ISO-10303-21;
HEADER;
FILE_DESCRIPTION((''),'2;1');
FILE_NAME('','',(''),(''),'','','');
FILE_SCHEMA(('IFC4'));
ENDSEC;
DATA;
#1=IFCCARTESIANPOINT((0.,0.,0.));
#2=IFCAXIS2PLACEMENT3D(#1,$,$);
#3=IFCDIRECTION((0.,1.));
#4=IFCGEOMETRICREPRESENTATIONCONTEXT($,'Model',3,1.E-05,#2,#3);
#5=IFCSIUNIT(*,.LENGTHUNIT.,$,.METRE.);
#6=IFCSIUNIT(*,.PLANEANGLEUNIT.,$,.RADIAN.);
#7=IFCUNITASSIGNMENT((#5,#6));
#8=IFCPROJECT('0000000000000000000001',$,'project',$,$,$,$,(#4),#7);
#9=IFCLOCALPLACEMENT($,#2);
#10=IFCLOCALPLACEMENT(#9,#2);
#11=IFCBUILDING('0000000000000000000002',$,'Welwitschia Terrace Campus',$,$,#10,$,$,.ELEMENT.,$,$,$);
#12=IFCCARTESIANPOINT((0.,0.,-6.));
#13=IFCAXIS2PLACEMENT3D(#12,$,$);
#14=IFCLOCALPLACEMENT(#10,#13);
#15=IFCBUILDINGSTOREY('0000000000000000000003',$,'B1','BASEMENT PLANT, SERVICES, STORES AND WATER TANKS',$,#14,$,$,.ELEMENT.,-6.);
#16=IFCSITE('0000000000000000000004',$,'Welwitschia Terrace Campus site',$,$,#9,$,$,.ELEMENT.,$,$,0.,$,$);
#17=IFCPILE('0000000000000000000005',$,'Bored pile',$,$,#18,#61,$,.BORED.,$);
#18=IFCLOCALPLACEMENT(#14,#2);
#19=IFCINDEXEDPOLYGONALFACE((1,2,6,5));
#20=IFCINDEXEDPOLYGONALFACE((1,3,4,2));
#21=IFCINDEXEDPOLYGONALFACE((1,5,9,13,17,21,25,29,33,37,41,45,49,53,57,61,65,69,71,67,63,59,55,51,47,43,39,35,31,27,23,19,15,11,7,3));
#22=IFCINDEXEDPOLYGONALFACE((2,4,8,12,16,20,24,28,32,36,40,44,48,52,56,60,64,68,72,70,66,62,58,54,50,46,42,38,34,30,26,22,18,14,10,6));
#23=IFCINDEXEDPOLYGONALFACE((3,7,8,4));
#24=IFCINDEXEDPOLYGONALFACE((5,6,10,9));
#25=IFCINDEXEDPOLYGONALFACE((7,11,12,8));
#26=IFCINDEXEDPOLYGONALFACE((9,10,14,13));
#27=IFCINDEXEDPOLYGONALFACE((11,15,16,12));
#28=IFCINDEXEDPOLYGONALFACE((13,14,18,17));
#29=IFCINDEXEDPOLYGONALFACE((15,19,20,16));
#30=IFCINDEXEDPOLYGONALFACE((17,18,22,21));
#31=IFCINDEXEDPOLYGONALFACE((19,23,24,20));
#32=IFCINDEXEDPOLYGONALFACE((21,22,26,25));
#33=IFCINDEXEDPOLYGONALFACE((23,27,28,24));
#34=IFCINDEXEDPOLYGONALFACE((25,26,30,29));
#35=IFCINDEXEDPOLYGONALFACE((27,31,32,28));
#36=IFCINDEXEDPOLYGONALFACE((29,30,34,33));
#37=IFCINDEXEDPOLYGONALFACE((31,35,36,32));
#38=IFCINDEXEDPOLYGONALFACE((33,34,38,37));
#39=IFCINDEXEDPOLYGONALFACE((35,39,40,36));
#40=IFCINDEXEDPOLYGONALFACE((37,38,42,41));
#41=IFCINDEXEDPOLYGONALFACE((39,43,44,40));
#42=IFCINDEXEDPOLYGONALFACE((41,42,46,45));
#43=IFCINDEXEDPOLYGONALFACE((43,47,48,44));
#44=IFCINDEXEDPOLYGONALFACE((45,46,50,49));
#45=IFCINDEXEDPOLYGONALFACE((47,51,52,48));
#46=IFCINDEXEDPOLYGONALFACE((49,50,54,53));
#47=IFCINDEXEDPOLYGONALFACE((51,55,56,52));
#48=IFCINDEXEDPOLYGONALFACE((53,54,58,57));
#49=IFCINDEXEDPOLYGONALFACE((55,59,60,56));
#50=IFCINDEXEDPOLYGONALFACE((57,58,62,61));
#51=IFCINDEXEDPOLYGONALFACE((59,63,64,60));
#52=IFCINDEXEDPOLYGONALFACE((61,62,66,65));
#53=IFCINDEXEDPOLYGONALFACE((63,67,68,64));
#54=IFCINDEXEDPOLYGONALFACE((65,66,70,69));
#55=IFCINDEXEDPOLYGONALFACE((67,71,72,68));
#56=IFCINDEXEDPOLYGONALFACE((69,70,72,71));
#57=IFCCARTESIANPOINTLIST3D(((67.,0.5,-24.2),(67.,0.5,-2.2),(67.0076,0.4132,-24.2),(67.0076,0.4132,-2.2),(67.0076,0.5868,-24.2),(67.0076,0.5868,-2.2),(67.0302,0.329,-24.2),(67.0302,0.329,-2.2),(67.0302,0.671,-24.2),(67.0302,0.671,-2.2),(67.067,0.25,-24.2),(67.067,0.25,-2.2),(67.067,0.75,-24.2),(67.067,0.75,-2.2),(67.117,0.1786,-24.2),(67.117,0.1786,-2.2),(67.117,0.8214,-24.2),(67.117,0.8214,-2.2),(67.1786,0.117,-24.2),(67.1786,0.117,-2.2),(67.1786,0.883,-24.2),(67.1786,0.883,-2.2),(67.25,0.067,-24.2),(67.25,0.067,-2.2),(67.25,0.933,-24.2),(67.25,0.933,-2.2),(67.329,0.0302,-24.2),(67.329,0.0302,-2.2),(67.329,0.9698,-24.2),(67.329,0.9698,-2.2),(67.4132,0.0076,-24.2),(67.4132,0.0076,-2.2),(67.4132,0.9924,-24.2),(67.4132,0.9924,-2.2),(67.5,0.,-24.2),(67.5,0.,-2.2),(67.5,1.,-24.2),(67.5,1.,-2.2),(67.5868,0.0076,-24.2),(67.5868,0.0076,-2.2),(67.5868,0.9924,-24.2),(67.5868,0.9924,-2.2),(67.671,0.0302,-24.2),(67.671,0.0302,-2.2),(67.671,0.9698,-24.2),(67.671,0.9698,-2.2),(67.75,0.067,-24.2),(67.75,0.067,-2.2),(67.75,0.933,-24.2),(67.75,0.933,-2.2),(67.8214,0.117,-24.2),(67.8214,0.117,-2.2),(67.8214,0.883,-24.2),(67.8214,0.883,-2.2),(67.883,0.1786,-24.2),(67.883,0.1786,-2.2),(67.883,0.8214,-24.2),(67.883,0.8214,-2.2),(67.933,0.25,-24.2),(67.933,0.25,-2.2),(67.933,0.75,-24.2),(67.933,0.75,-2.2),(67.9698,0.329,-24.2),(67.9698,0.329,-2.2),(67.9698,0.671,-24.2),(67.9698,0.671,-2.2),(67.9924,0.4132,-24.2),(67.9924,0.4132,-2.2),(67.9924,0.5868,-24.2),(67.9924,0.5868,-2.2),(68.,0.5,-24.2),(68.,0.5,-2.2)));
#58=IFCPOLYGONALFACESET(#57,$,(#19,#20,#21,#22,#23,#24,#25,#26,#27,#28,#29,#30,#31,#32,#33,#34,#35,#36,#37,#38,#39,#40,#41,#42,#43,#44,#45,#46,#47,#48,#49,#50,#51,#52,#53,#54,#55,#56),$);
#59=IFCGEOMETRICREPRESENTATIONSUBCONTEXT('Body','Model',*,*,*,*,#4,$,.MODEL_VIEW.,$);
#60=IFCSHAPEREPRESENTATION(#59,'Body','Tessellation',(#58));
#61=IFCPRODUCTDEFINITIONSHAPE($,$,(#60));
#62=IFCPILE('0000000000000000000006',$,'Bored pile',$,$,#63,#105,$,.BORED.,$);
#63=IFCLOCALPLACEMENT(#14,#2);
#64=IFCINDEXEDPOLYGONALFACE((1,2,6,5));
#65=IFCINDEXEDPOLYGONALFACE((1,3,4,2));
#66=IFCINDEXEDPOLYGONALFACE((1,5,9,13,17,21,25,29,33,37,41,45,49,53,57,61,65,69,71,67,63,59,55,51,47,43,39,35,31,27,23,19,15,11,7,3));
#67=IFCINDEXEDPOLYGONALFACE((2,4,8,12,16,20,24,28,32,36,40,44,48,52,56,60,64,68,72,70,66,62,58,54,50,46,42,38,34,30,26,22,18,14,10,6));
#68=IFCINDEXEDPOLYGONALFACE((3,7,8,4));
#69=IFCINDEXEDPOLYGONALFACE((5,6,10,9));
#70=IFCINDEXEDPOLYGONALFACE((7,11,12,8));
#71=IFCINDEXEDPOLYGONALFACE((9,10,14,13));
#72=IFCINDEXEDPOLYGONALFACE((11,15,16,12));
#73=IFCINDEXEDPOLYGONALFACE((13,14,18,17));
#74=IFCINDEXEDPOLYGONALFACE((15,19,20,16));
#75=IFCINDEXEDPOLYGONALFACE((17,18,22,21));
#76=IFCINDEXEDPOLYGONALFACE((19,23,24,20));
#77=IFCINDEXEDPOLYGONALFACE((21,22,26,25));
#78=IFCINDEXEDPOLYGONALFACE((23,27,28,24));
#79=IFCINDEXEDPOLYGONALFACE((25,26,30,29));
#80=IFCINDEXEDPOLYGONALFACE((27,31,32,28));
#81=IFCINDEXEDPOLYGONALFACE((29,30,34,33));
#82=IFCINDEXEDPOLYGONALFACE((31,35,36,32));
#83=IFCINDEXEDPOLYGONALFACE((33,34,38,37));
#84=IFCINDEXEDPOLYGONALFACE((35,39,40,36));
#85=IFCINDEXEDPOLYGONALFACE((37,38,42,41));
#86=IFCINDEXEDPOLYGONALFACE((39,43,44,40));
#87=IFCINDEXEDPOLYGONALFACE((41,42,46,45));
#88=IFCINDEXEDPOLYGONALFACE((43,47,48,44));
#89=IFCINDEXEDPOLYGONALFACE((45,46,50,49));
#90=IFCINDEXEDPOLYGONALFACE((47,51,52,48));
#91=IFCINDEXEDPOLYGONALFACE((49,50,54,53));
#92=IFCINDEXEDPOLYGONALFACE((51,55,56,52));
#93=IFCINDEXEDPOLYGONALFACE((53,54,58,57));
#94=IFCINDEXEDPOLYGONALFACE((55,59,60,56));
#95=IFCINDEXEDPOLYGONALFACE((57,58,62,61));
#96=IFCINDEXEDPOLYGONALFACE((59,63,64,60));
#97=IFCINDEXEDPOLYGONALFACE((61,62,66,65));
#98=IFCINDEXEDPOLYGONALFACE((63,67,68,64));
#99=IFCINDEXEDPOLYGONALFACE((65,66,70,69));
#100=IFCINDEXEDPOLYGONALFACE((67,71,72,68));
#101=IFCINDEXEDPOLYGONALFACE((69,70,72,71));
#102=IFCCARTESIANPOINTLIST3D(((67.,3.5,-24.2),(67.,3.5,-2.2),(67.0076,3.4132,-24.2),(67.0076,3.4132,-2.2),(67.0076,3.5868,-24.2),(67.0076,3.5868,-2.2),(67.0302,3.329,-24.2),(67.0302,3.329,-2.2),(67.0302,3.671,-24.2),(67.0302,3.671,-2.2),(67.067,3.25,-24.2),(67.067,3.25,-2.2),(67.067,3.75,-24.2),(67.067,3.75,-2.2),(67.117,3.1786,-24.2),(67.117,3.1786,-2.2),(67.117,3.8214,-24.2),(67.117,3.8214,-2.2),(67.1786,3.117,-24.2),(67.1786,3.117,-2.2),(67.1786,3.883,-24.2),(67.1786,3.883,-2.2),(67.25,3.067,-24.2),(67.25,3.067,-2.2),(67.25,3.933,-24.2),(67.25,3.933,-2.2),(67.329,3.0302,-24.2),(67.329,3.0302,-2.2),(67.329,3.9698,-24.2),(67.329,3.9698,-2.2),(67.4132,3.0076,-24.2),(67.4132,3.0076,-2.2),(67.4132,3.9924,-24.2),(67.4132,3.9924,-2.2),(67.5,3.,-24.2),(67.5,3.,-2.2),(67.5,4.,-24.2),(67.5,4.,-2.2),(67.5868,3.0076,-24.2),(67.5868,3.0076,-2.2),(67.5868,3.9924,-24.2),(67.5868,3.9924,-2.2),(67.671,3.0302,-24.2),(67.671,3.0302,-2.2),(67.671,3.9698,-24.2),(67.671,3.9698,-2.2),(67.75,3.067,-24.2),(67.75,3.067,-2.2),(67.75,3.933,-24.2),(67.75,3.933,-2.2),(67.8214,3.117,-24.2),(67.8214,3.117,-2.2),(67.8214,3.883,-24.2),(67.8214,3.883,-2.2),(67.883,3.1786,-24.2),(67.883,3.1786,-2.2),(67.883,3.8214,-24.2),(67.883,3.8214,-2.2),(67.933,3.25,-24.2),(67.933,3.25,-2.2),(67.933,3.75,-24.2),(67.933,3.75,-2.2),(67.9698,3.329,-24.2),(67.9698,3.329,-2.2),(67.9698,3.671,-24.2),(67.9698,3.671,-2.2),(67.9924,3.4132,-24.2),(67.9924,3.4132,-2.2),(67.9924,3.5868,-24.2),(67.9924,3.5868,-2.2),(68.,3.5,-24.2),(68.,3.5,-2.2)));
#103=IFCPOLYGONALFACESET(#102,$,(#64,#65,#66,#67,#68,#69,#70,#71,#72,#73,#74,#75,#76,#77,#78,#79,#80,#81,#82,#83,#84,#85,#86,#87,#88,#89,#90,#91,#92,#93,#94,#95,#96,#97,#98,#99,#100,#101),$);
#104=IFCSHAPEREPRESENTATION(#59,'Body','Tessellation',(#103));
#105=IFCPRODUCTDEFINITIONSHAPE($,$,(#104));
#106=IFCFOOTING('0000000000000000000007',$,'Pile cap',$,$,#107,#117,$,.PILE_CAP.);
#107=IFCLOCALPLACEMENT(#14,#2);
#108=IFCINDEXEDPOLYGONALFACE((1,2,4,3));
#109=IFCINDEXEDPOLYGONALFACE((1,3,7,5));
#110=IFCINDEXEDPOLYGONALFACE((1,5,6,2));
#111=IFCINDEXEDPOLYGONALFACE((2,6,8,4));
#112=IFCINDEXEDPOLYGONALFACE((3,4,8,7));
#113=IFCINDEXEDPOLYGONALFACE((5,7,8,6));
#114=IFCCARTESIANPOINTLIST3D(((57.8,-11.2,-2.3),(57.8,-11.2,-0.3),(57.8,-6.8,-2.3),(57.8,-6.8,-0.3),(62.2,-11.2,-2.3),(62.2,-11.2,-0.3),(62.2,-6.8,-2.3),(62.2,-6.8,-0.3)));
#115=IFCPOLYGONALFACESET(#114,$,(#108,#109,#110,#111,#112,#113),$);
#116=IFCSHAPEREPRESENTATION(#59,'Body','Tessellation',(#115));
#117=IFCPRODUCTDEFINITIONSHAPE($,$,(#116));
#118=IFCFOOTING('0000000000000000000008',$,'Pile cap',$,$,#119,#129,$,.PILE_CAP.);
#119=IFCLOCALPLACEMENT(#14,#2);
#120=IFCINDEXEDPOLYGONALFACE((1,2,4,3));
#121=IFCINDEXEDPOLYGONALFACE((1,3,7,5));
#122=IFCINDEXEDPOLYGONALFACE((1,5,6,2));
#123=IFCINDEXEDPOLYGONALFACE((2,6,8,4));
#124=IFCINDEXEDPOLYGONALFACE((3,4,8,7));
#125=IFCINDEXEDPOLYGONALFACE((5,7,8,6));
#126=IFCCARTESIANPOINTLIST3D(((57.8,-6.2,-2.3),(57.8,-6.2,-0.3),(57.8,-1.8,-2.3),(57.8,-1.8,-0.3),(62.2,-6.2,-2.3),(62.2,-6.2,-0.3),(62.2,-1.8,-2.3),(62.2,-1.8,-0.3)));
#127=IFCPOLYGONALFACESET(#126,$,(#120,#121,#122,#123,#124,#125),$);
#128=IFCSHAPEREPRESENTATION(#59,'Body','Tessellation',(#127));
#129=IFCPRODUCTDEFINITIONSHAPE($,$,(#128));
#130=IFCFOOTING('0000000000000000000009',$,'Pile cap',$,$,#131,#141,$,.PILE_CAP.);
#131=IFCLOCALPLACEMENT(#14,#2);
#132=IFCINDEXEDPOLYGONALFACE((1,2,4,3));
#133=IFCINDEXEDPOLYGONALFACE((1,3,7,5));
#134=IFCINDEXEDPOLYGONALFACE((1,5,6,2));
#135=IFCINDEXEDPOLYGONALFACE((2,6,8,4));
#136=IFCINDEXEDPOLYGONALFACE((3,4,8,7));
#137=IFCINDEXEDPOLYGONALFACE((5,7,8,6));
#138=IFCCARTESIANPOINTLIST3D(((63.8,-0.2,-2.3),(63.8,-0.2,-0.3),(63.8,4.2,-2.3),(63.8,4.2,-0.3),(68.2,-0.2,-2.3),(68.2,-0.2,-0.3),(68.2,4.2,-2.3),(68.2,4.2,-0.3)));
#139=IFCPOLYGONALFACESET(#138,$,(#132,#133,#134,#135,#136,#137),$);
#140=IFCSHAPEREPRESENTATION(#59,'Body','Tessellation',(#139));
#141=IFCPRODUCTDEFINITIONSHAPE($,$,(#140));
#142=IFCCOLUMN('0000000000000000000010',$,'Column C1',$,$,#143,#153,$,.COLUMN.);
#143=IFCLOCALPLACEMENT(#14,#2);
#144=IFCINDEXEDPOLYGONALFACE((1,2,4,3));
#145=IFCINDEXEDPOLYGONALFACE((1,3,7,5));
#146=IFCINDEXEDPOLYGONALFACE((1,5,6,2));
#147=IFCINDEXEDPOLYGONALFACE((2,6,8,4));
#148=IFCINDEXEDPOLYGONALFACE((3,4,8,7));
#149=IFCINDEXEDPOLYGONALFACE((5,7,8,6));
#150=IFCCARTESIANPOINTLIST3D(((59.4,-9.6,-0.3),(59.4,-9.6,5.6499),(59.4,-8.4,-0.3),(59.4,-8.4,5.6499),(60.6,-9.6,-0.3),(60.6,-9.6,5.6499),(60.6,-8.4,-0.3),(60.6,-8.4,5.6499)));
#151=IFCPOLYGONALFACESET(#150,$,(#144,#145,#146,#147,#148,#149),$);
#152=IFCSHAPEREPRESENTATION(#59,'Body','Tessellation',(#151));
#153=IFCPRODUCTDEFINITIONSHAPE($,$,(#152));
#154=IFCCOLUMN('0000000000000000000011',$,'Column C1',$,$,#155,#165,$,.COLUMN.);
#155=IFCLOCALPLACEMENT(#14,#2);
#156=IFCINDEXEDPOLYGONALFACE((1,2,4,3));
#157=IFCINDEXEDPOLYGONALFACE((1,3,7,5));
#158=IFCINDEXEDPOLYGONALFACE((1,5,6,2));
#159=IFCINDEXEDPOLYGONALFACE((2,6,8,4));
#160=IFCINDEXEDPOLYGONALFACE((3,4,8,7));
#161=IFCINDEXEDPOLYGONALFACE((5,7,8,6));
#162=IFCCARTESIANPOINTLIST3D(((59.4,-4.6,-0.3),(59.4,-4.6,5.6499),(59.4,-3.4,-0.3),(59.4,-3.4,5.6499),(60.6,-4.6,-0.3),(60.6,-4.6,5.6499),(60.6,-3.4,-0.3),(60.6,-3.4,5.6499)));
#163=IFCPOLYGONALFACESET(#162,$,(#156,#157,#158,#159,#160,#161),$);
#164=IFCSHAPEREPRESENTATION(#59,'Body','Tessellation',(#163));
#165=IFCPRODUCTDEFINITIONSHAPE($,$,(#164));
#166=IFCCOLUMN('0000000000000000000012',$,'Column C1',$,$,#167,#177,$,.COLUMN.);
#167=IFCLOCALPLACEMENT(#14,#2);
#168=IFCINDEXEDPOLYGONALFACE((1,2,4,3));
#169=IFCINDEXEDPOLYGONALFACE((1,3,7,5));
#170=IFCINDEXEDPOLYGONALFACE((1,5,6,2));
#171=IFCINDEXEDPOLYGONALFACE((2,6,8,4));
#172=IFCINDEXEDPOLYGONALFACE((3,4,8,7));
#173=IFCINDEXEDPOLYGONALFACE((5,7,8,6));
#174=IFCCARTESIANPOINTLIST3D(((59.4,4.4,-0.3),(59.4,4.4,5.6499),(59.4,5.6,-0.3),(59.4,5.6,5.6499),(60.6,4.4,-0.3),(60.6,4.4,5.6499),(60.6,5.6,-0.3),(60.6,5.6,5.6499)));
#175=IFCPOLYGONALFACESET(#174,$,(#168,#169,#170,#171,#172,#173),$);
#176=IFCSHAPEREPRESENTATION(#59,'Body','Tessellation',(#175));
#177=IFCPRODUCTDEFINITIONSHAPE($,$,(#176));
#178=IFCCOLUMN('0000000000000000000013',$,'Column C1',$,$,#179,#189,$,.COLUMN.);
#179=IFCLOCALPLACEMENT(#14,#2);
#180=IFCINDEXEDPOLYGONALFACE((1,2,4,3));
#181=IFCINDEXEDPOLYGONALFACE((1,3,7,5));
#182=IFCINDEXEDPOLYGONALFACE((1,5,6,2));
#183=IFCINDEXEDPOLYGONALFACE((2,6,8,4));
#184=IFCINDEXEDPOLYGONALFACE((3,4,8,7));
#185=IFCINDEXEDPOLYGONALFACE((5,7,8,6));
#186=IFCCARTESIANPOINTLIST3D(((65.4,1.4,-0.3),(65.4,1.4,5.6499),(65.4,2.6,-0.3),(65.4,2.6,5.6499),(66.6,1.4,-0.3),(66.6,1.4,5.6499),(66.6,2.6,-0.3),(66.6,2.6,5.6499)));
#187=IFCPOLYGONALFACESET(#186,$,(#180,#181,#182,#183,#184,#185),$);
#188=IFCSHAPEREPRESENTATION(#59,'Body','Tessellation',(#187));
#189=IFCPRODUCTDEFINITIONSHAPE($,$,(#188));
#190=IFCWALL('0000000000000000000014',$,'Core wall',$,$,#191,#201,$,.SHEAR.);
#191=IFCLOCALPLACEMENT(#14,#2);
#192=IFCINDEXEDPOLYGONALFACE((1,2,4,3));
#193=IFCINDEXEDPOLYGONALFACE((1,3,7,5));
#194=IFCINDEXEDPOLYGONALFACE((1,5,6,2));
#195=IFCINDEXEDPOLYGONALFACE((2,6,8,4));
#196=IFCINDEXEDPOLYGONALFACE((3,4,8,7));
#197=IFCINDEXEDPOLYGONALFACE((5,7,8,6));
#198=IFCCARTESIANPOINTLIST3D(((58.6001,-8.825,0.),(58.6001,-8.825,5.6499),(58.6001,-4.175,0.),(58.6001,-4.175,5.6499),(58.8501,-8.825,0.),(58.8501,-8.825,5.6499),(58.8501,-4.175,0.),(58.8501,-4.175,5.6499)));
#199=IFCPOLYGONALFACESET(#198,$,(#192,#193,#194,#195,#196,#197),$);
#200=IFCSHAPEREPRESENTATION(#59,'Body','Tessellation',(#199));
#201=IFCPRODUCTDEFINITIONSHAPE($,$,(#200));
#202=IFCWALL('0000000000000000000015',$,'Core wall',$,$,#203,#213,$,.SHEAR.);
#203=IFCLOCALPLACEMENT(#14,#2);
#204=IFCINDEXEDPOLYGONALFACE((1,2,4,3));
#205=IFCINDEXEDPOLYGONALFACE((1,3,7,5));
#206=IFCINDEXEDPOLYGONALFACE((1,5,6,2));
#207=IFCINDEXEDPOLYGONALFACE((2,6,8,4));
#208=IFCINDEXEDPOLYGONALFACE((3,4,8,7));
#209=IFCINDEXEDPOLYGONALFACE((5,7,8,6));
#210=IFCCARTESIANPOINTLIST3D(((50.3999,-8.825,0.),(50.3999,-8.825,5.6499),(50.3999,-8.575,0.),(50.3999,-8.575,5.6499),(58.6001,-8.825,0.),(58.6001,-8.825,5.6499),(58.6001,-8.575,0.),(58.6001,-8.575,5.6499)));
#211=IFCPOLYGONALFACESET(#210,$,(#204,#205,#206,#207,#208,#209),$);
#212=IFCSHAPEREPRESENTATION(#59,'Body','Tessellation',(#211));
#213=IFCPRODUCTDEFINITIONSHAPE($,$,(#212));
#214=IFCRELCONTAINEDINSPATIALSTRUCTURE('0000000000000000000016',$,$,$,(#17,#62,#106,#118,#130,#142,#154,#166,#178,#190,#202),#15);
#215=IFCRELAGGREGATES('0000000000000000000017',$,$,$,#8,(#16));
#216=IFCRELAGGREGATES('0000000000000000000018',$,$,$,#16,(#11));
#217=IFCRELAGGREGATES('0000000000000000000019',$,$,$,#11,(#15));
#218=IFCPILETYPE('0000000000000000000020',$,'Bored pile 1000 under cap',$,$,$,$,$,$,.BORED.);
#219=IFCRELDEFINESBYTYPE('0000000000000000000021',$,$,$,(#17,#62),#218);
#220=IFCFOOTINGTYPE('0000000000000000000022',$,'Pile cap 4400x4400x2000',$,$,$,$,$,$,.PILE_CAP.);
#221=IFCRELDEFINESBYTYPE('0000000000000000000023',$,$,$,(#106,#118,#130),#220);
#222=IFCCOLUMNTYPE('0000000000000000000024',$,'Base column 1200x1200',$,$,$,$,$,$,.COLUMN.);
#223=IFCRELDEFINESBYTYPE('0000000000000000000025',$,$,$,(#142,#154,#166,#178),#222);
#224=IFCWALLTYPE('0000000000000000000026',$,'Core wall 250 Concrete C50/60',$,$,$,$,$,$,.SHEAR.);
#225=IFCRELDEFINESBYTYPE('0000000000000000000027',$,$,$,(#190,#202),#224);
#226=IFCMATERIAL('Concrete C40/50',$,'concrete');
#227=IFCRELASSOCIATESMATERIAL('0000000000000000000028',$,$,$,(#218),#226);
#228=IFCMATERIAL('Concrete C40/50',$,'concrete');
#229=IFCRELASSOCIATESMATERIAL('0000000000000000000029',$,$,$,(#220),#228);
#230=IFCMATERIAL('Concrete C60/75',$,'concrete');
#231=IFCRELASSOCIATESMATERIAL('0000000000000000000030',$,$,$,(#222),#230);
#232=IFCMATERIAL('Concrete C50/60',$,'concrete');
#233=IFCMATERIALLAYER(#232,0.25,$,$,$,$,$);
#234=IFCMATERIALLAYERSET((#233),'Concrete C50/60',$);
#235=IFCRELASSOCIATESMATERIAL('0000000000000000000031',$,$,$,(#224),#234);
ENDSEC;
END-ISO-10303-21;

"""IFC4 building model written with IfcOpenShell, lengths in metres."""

from ifc_helpers import new_model, si_unit, direction, frame, frame_2d, origin, origin_2d, place, context, subcontext, project, spatial, rectangle, circle, extrude, material, layer, layer_set, material_profile, profile_set, type_object, element, save


model = new_model("IFC4")

# Units and contexts
model_context = context("Model", 3, precision=1e-05, world=origin(), true_north=direction((0.0, 1.0)))
body_context = subcontext(model_context, "Body", "Model", "MODEL_VIEW")
ifc_project = project(units=[si_unit("LENGTHUNIT", "METRE"), si_unit("PLANEANGLEUNIT", "RADIAN")], contexts=[model_context])

# Site, building, storey
site_placement = place(None, origin())
site = spatial("IfcSite", under=ifc_project, at=site_placement, Name="Welwitschia Terrace Campus site", CompositionType="ELEMENT", RefElevation=0.0)
building_placement = place(site_placement, origin())
building = spatial("IfcBuilding", under=site, at=building_placement, Name="Welwitschia Terrace Campus", CompositionType="ELEMENT")
storey_placement = place(building_placement, frame((0.0, 0.0, -6.0)))
storey = spatial("IfcBuildingStorey", under=building, at=storey_placement, Name="B1", Description="BASEMENT PLANT, SERVICES, STORES AND WATER TANKS", CompositionType="ELEMENT", Elevation=-6.0)

# Piles
ifc_material_1 = material(Name="Concrete C40/50", Category="concrete")
pile_type = type_object("IfcPileType", Name="Bored pile 1000 under cap", PredefinedType="BORED", material=ifc_material_1)
for number, where, z_axis, x_axis, name in (
    (1, (67.5, 0.5, -2.2), (0.0, 0.0, -1.0), (1.0, 0.0, 0.0), "Bored pile"),
    (2, (67.5, 3.5, -2.2), (0.0, 0.0, -1.0), (1.0, 0.0, 0.0), "Bored pile"),
):
    element("IfcPile", number, at=place(storey_placement, frame(where, z_axis=z_axis, x_axis=x_axis)), inside=storey, type_object=pile_type, Name=name, PredefinedType="BORED", context=body_context, shape_type="SweptSolid", body=[
        extrude(circle(Radius=0.5, at=origin_2d()), origin(), (0.0, 0.0, 1.0), 22.0),
    ])

# Footings
ifc_material_2 = material(Name="Concrete C40/50", Category="concrete")
footing_type = type_object("IfcFootingType", Name="Pile cap 4400x4400x2000", PredefinedType="PILE_CAP", material=ifc_material_2)
for number, where, z_axis, x_axis, name in (
    (3, (60.0, -9.0, -2.3), (0.0, 0.0, 1.0), (1.0, 0.0, 0.0), "Pile cap"),
    (4, (60.0, -4.0, -2.3), (0.0, 0.0, 1.0), (1.0, 0.0, 0.0), "Pile cap"),
    (5, (66.0, 2.0, -2.3), (0.0, 0.0, 1.0), (1.0, 0.0, 0.0), "Pile cap"),
):
    element("IfcFooting", number, at=place(storey_placement, frame(where, z_axis=z_axis, x_axis=x_axis)), inside=storey, type_object=footing_type, Name=name, PredefinedType="PILE_CAP", context=body_context, shape_type="SweptSolid", body=[
        extrude(rectangle(XDim=4.3999, YDim=4.3999, at=origin_2d()), origin(), (0.0, 0.0, 1.0), 2.0),
    ])

# Columns
ifc_material_3 = material(Name="Concrete C60/75", Category="concrete")
ifc_material_profile = material_profile(ifc_material_3, rectangle(XDim=1.2, YDim=1.2, at=origin_2d()))
ifc_profile_set = profile_set([ifc_material_profile], Name="Concrete C60/75")
column_type = type_object("IfcColumnType", Name="Base column 1200x1200", PredefinedType="COLUMN", material=ifc_profile_set)
for number, where, z_axis, x_axis, name in (
    (6, (60.0, -9.0, -0.3), (0.0, 0.0, 1.0), (1.0, 0.0, 0.0), "Column C1"),
    (7, (60.0, -4.0, -0.3), (0.0, 0.0, 1.0), (1.0, 0.0, 0.0), "Column C1"),
    (8, (60.0, 5.0, -0.3), (0.0, 0.0, 1.0), (1.0, 0.0, 0.0), "Column C1"),
    (9, (66.0, 2.0, -0.3), (0.0, 0.0, 1.0), (1.0, 0.0, 0.0), "Column C1"),
):
    element("IfcColumn", number, at=place(storey_placement, frame(where, z_axis=z_axis, x_axis=x_axis)), inside=storey, type_object=column_type, Name=name, PredefinedType="COLUMN", context=body_context, shape_type="SweptSolid", body=[
        extrude(rectangle(XDim=1.2, YDim=1.2, at=origin_2d()), origin(), (0.0, 0.0, 1.0), 5.95),
    ])

# Walls
ifc_material_4 = material(Name="Concrete C50/60", Category="concrete")
ifc_layer_1 = layer(ifc_material_4, 0.25)
ifc_layer_set_1 = layer_set([ifc_layer_1], Name="Concrete C50/60")
wall_type_1 = type_object("IfcWallType", Name="Core wall 250 Concrete C50/60", PredefinedType="SHEAR", material=ifc_layer_set_1)
wall_1_placement = place(storey_placement, frame((58.7251, -8.825, 0.0), z_axis=(0.0, 0.0, 1.0), x_axis=(0.0, 1.0, 0.0)))
element("IfcWall", 10, at=wall_1_placement, inside=storey, type_object=wall_type_1, Name="Core wall", PredefinedType="SHEAR", context=body_context, shape_type="SweptSolid", body=[
    extrude(rectangle(XDim=4.6499, YDim=0.25, at=frame_2d((2.325, 0.0))), origin(), (0.0, 0.0, 1.0), 5.6499),
])
wall_2_placement = place(storey_placement, frame((58.6001, -8.7, 0.0), z_axis=(0.0, 0.0, 1.0), x_axis=(-1.0, 0.0, 0.0)))
element("IfcWall", 11, at=wall_2_placement, inside=storey, type_object=wall_type_1, Name="Core wall", PredefinedType="SHEAR", context=body_context, shape_type="SweptSolid", body=[
    extrude(rectangle(XDim=8.2002, YDim=0.25, at=frame_2d((4.1001, 0.0))), origin(), (0.0, 0.0, 1.0), 5.6499),
])

save(model, "model.ifc")
